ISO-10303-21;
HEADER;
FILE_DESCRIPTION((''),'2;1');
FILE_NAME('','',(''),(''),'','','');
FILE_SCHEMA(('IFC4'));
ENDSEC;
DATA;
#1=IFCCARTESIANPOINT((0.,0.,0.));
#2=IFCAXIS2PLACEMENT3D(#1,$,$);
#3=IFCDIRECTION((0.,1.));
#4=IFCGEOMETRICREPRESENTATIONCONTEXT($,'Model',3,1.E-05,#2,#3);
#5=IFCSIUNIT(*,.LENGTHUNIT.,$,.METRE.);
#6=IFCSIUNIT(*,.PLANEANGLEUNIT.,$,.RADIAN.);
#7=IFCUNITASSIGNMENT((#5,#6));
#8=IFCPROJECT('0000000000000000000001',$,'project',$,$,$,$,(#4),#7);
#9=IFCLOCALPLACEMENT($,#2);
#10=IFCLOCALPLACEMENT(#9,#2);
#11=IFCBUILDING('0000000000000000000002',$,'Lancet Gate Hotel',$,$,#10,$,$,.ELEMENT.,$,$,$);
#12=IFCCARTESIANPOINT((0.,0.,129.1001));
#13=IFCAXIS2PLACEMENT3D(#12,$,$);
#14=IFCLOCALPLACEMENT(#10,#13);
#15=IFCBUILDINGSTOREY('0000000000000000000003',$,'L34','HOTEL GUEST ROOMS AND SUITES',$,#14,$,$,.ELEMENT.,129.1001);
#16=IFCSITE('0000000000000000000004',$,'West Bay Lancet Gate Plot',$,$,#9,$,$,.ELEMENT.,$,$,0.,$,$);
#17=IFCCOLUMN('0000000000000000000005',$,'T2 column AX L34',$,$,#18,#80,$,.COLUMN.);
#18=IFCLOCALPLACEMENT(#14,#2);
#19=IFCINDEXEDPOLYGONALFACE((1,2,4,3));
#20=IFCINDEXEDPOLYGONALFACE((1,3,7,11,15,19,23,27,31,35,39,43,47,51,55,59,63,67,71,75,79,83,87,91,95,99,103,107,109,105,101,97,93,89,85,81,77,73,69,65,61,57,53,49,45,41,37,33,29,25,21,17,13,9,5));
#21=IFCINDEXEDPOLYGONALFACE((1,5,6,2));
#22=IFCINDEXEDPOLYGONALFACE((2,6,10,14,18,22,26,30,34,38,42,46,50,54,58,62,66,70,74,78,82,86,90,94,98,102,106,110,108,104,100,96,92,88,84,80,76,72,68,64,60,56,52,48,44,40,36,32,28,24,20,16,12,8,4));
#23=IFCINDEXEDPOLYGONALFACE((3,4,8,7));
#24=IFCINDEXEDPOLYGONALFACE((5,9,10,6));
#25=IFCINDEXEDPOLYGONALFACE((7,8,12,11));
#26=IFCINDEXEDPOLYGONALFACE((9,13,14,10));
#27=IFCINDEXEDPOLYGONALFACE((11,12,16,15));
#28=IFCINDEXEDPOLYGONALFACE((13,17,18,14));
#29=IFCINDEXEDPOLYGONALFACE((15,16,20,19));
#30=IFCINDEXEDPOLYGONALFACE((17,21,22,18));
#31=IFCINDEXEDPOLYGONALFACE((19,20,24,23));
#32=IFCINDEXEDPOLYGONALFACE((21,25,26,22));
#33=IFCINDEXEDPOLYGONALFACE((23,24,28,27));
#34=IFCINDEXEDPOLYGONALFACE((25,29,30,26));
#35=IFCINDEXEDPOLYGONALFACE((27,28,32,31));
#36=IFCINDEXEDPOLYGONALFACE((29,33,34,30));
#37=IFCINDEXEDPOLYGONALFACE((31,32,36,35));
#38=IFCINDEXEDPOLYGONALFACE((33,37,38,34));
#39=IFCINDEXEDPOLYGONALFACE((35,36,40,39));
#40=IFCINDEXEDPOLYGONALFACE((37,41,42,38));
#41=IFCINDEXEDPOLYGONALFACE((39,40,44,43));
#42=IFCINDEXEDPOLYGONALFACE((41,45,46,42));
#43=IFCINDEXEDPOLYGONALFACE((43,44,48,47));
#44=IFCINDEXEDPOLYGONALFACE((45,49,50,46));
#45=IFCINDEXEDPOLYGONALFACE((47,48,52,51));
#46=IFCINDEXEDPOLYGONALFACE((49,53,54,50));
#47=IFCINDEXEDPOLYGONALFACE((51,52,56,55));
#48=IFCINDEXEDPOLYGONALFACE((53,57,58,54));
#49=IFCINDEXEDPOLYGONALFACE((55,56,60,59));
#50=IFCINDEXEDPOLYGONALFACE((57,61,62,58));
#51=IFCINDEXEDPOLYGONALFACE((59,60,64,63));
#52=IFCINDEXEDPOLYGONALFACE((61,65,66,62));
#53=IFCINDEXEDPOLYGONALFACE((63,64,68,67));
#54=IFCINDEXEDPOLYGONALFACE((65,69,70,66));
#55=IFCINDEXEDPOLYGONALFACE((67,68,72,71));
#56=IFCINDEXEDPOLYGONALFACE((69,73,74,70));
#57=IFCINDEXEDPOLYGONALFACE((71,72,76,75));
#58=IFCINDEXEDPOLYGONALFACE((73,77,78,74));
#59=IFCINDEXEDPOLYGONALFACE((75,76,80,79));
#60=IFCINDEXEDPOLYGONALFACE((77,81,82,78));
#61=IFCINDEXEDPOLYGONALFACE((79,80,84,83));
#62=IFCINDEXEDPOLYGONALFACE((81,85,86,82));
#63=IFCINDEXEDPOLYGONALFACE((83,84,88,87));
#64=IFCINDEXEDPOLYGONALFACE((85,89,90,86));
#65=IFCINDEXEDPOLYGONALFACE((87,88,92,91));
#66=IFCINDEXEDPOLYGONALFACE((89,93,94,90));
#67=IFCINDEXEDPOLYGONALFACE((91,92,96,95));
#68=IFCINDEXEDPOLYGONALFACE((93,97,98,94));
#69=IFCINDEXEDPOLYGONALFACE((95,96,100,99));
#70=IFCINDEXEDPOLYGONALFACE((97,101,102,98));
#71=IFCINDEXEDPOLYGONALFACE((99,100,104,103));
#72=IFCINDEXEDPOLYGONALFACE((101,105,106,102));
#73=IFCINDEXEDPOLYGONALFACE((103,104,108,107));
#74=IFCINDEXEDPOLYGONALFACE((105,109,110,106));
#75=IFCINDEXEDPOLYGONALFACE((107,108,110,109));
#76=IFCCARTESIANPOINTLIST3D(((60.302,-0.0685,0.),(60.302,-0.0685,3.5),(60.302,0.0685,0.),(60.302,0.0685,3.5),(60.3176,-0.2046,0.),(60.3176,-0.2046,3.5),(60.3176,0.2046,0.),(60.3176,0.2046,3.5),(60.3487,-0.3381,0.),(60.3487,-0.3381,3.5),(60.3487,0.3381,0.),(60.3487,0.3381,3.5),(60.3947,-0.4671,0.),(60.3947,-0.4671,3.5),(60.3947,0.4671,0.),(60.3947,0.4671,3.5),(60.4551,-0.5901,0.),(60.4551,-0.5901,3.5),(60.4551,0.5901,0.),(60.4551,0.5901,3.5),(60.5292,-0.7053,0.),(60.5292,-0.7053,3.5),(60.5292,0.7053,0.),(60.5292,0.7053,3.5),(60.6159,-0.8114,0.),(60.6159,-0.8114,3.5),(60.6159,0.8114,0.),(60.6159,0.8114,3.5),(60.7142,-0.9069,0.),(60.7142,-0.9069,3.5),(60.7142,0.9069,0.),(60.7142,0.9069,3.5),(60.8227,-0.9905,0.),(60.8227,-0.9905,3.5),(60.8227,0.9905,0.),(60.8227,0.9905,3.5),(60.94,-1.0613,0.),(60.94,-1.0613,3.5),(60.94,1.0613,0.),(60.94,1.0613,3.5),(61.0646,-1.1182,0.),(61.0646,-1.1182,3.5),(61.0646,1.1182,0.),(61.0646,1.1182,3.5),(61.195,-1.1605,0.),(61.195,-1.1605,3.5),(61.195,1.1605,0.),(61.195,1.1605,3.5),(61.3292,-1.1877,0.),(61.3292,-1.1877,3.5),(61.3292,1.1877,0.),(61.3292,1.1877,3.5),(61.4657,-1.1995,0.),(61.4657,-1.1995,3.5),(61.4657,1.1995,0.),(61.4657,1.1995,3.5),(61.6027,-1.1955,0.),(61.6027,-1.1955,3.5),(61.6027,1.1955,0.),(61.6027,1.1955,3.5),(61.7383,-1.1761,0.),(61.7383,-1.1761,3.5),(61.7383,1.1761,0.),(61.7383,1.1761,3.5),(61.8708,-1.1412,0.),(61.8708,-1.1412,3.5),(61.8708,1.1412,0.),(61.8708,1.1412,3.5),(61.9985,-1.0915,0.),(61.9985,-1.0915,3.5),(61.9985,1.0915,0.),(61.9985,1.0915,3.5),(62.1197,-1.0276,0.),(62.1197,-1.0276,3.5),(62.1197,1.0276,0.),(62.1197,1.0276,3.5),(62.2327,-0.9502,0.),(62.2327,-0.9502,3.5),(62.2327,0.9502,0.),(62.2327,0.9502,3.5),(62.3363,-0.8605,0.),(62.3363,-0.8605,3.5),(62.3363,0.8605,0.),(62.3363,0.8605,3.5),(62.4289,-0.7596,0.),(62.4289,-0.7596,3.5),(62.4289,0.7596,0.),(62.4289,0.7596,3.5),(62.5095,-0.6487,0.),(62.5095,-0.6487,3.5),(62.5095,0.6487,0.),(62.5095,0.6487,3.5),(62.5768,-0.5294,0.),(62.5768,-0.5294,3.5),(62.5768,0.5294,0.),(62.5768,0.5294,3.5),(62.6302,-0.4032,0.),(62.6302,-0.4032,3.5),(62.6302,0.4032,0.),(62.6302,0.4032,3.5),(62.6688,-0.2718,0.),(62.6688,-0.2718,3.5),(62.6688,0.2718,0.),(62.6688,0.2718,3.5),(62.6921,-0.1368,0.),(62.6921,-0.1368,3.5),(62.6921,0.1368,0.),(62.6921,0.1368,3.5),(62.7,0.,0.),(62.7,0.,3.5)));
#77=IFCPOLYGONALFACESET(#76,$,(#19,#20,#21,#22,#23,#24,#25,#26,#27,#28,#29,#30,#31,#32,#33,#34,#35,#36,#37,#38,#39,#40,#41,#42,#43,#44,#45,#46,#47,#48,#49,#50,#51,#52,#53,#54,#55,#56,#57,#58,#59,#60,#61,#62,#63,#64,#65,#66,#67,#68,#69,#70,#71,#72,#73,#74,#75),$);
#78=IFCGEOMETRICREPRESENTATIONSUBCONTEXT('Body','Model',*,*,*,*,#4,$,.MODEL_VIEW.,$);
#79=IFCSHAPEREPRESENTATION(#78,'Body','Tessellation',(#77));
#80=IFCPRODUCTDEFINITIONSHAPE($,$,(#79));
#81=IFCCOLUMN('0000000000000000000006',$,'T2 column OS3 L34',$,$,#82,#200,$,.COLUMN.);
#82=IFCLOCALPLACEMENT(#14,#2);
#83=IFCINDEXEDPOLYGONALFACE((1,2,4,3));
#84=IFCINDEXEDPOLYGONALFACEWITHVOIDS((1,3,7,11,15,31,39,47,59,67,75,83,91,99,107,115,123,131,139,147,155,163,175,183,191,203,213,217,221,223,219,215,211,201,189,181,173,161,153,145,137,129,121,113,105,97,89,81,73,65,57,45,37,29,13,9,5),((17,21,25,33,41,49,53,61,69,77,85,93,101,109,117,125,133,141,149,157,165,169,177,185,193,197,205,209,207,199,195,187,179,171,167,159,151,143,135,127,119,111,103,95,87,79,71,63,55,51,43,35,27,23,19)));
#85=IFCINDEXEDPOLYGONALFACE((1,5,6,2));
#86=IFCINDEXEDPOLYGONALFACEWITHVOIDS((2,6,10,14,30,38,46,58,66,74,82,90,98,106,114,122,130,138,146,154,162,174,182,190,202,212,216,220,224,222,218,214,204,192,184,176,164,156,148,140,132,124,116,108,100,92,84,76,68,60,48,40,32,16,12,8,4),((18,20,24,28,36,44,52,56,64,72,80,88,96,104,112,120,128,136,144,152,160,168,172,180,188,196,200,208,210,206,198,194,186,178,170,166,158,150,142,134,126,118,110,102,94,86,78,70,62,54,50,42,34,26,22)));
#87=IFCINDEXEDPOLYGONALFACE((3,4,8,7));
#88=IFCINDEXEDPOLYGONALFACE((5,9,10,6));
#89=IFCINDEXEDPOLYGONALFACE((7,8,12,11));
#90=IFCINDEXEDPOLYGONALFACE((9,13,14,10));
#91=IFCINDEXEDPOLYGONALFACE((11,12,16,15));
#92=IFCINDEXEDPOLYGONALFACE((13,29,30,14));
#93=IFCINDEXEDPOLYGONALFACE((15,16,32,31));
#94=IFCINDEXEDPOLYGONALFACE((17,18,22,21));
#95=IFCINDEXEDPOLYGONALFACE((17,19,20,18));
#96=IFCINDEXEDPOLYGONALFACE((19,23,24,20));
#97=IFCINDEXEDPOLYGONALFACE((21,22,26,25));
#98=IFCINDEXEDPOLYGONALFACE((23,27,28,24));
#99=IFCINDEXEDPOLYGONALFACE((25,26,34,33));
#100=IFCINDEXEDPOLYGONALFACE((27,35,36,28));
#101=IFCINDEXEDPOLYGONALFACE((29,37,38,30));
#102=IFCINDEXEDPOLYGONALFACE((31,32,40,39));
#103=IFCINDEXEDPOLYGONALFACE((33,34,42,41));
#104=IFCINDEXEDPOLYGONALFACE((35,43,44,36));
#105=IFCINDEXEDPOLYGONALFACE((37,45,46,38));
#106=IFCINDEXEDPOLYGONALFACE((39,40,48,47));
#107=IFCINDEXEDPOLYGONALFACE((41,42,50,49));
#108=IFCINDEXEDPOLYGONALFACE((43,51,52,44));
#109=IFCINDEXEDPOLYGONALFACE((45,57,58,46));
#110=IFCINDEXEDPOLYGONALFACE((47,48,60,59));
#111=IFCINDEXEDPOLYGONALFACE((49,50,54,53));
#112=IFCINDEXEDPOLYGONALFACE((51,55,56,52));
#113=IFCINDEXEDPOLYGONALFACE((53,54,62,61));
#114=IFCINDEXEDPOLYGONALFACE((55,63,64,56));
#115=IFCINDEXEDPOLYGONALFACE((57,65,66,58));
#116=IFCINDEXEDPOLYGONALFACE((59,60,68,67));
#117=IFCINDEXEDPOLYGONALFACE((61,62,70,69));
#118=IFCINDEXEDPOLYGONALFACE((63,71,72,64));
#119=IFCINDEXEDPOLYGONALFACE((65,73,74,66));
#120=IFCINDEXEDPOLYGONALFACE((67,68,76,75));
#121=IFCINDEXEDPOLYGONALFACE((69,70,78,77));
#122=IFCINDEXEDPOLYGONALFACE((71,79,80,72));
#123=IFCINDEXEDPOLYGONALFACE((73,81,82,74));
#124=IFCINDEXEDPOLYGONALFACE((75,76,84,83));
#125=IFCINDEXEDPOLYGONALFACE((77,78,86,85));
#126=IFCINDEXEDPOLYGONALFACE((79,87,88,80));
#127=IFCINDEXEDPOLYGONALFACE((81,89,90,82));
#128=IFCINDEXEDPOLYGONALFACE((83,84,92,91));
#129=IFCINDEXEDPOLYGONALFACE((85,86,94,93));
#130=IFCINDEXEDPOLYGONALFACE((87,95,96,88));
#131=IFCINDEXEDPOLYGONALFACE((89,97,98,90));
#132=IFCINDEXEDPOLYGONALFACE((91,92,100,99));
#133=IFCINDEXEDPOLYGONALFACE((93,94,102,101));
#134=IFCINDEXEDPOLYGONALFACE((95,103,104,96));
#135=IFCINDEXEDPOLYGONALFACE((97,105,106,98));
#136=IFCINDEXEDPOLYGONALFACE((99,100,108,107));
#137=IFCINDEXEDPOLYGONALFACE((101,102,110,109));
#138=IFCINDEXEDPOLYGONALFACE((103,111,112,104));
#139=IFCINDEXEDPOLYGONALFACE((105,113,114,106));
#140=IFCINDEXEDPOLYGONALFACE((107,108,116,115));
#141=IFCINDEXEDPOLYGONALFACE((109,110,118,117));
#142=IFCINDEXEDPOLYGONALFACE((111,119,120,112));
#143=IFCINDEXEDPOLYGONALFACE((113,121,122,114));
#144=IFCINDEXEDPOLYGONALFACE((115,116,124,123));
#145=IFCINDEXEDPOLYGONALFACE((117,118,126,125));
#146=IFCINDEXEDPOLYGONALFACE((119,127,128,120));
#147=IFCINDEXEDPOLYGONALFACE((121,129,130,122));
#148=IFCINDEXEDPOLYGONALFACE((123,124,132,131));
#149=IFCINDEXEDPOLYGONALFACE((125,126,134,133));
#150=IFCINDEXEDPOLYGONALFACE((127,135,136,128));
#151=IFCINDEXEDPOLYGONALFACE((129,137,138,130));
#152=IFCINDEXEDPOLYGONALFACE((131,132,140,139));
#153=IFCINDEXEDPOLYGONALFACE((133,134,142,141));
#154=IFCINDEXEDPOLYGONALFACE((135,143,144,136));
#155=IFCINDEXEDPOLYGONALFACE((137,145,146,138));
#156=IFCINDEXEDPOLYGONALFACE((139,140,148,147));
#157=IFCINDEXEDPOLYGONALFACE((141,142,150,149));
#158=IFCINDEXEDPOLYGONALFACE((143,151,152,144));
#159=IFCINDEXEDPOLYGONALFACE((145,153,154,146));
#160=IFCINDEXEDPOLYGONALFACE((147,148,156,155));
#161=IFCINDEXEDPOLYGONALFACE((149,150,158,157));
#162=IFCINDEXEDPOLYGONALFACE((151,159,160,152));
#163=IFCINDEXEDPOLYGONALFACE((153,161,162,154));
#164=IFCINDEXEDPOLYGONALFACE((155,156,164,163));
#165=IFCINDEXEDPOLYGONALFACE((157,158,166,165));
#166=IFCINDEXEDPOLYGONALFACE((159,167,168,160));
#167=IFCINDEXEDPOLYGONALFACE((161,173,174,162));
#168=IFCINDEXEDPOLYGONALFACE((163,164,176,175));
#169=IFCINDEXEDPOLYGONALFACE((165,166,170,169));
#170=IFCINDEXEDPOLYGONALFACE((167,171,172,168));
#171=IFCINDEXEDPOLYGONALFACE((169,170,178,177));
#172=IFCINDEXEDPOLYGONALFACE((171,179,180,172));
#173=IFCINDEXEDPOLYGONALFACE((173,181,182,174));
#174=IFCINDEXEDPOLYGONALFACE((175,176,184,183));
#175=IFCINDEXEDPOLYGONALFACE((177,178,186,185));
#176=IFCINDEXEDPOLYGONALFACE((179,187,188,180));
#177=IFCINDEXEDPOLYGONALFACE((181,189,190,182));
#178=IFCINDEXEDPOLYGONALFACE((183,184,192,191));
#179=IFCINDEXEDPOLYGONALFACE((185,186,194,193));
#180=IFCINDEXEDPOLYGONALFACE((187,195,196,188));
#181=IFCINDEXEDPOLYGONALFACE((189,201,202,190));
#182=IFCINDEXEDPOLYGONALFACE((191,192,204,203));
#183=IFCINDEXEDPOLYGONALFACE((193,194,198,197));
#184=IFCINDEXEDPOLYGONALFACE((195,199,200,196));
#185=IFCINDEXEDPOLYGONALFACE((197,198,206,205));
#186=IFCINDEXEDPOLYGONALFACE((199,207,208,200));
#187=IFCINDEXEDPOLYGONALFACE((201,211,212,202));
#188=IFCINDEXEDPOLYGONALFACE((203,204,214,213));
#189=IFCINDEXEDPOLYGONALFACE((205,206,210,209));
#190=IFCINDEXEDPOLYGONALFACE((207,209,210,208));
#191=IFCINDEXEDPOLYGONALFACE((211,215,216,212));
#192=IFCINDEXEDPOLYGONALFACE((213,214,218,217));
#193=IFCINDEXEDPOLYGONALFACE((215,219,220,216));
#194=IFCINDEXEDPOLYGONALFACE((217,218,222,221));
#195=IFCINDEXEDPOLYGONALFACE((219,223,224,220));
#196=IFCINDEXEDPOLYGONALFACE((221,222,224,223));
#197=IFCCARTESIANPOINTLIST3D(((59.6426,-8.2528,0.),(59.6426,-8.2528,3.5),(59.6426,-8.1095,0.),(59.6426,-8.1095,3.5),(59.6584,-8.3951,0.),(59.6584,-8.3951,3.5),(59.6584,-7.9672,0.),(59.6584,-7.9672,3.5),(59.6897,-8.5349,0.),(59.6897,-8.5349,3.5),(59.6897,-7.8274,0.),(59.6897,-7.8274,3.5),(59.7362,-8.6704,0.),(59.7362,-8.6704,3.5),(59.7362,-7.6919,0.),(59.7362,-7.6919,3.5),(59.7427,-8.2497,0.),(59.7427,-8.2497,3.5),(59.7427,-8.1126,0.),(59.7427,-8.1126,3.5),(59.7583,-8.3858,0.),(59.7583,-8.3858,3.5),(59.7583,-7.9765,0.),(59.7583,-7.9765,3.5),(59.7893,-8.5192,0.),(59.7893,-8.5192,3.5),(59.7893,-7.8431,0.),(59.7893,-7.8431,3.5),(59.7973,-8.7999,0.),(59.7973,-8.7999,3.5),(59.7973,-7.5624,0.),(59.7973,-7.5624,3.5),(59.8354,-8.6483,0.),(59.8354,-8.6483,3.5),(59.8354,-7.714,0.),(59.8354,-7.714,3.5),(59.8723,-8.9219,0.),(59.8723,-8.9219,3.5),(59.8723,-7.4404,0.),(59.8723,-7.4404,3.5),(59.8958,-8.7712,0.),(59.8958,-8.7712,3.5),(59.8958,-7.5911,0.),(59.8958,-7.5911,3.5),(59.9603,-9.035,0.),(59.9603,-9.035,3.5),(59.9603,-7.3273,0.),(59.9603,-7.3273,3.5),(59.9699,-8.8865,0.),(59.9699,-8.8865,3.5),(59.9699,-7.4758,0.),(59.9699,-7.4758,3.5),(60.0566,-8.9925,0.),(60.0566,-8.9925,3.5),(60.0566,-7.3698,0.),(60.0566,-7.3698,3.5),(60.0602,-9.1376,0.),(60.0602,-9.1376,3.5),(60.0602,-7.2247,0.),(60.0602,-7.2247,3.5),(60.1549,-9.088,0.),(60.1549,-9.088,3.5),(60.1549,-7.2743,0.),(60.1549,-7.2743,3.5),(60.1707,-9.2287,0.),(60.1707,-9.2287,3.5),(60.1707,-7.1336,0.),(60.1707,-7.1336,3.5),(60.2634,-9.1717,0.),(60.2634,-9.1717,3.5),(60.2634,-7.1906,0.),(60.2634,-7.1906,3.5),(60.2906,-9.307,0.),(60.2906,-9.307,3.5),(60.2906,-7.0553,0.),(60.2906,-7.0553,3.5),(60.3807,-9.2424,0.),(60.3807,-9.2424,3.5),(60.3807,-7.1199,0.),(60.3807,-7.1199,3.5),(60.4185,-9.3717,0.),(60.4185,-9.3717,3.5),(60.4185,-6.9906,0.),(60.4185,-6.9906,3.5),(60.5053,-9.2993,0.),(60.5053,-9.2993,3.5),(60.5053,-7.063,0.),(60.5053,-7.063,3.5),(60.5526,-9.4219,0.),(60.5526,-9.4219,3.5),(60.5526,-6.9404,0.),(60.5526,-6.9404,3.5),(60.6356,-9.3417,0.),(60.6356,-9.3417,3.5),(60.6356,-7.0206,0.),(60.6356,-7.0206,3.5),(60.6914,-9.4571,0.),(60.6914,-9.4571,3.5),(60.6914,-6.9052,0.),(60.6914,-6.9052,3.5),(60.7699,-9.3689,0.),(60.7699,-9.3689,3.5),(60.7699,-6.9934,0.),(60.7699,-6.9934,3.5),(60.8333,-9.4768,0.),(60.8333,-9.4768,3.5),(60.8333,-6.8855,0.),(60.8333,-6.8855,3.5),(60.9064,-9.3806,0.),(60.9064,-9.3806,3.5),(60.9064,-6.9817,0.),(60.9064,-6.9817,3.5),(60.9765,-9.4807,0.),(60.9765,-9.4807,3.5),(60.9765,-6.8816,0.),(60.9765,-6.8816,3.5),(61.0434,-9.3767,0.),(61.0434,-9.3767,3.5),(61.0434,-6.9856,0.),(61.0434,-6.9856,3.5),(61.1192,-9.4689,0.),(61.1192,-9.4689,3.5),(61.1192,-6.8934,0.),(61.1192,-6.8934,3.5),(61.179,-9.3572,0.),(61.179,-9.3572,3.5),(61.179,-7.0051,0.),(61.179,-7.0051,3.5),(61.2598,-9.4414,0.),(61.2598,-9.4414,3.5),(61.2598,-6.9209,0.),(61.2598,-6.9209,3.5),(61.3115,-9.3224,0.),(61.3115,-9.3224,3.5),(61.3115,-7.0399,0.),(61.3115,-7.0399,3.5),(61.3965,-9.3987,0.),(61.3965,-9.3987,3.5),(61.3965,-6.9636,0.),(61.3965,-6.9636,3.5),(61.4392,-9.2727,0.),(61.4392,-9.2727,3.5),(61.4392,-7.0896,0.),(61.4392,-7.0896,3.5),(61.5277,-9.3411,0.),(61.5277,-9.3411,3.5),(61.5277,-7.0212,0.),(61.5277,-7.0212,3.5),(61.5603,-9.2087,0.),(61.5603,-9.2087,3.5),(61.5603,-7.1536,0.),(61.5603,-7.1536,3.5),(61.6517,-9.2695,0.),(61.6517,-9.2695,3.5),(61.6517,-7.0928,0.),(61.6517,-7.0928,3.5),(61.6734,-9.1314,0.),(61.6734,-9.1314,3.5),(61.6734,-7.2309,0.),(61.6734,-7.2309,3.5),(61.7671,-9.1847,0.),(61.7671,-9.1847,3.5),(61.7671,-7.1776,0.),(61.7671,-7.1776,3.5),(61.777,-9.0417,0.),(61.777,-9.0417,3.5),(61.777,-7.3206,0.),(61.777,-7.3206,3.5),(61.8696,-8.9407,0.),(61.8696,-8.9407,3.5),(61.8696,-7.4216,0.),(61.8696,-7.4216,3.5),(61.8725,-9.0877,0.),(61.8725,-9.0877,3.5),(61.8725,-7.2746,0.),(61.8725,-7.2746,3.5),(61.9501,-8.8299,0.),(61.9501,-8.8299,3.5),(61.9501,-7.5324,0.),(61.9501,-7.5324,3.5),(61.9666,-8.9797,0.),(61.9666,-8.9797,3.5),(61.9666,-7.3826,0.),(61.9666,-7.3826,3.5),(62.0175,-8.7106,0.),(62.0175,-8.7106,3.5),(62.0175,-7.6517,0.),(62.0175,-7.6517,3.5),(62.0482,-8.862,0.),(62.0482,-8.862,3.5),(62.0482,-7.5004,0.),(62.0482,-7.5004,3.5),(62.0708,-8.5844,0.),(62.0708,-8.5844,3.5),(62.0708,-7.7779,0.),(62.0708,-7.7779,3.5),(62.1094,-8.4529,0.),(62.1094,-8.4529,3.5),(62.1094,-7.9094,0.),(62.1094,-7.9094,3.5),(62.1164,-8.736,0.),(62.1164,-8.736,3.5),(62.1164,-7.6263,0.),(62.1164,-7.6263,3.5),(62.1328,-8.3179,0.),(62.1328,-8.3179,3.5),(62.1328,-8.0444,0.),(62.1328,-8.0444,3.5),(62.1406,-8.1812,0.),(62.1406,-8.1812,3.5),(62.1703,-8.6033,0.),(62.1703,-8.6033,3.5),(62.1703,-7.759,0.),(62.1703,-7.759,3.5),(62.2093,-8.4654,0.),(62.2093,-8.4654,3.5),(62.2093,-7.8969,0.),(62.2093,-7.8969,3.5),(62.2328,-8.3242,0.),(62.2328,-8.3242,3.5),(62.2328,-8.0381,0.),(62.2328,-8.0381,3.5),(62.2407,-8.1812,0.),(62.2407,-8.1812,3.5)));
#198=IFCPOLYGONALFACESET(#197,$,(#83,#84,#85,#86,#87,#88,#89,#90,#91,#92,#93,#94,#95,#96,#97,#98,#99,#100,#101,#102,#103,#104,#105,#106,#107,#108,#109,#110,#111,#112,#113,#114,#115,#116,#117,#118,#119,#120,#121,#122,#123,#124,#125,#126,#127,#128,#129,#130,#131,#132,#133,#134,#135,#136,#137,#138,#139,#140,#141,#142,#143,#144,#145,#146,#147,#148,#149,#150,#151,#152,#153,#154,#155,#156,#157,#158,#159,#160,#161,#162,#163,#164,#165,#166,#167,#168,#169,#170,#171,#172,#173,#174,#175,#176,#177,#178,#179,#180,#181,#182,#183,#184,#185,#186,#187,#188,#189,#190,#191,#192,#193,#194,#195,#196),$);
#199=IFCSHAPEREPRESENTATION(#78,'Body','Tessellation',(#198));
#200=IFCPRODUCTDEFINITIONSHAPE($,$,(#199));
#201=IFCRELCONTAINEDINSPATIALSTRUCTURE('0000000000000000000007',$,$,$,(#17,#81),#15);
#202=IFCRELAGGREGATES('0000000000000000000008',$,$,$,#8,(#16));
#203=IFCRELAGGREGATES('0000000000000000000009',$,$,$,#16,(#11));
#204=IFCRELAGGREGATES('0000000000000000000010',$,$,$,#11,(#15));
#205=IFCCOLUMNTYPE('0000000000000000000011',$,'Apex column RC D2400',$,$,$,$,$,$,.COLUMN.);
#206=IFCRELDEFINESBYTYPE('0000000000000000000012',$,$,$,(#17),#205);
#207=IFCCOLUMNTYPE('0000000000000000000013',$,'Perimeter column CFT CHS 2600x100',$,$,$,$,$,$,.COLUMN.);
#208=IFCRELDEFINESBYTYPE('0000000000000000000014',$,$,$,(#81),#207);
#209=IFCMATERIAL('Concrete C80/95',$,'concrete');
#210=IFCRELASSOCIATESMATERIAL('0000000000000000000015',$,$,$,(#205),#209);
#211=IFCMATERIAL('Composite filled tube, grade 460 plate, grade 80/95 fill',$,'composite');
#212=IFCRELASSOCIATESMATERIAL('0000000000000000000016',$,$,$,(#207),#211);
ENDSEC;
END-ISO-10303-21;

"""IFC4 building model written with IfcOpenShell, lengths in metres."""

from ifc_helpers import new_model, si_unit, direction, frame, origin, origin_2d, place, context, subcontext, project, spatial, circle, hollow_circle, extrude, material, material_profile, profile_set, type_object, element, save


model = new_model("IFC4")

# Units and contexts
model_context = context("Model", 3, precision=1e-05, world=origin(), true_north=direction((0.0, 1.0)))
body_context = subcontext(model_context, "Body", "Model", "MODEL_VIEW")
ifc_project = project(units=[si_unit("LENGTHUNIT", "METRE"), si_unit("PLANEANGLEUNIT", "RADIAN")], contexts=[model_context])

# Site, building, storey
site_placement = place(None, origin())
site = spatial("IfcSite", under=ifc_project, at=site_placement, Name="West Bay Lancet Gate Plot", CompositionType="ELEMENT", RefElevation=0.0)
building_placement = place(site_placement, origin())
building = spatial("IfcBuilding", under=site, at=building_placement, Name="Lancet Gate Hotel", CompositionType="ELEMENT")
storey_placement = place(building_placement, frame((0.0, 0.0, 129.1001)))
storey = spatial("IfcBuildingStorey", under=building, at=storey_placement, Name="L34", Description="HOTEL GUEST ROOMS AND SUITES", CompositionType="ELEMENT", Elevation=129.1001)

# Columns
ifc_material_1 = material(Name="Concrete C80/95", Category="concrete")
ifc_material_profile_1 = material_profile(ifc_material_1, circle(Radius=1.2, at=origin_2d()), Name="RC D2400")
ifc_profile_set_1 = profile_set([ifc_material_profile_1], Name="Concrete C80/95")
column_type_1 = type_object("IfcColumnType", Name="Apex column RC D2400", PredefinedType="COLUMN", material=ifc_profile_set_1)
column_1_placement = place(storey_placement, frame((61.5, 0.0, 0.0), z_axis=(0.0, 0.0, 1.0), x_axis=(1.0, 0.0, 0.0)))
element("IfcColumn", 1, at=column_1_placement, inside=storey, type_object=column_type_1, Name="T2 column AX L34", PredefinedType="COLUMN", context=body_context, shape_type="SweptSolid", body=[
    extrude(circle(Radius=1.2, at=origin_2d()), origin(), (0.0, 0.0, 1.0), 3.5),
])
ifc_material_2 = material(Name="Composite filled tube, grade 460 plate, grade 80/95 fill", Category="composite")
ifc_material_profile_2 = material_profile(ifc_material_2, hollow_circle(Radius=1.3, WallThickness=0.1001, at=origin_2d()), Name="CHS 2600x100")
ifc_profile_set_2 = profile_set([ifc_material_profile_2], Name="Composite filled tube, grade 460 plate, grade 80/95 fill")
column_type_2 = type_object("IfcColumnType", Name="Perimeter column CFT CHS 2600x100", PredefinedType="COLUMN", material=ifc_profile_set_2)
column_2_placement = place(storey_placement, frame((60.9407, -8.1812, 0.0), z_axis=(0.0, 0.0, 1.0), x_axis=(1.0, 0.0, 0.0)))
element("IfcColumn", 2, at=column_2_placement, inside=storey, type_object=column_type_2, Name="T2 column OS3 L34", PredefinedType="COLUMN", context=body_context, shape_type="SweptSolid", body=[
    extrude(hollow_circle(Radius=1.3, WallThickness=0.1001, at=origin_2d()), origin(), (0.0, 0.0, 1.0), 3.5),
])

save(model, "model.ifc")
